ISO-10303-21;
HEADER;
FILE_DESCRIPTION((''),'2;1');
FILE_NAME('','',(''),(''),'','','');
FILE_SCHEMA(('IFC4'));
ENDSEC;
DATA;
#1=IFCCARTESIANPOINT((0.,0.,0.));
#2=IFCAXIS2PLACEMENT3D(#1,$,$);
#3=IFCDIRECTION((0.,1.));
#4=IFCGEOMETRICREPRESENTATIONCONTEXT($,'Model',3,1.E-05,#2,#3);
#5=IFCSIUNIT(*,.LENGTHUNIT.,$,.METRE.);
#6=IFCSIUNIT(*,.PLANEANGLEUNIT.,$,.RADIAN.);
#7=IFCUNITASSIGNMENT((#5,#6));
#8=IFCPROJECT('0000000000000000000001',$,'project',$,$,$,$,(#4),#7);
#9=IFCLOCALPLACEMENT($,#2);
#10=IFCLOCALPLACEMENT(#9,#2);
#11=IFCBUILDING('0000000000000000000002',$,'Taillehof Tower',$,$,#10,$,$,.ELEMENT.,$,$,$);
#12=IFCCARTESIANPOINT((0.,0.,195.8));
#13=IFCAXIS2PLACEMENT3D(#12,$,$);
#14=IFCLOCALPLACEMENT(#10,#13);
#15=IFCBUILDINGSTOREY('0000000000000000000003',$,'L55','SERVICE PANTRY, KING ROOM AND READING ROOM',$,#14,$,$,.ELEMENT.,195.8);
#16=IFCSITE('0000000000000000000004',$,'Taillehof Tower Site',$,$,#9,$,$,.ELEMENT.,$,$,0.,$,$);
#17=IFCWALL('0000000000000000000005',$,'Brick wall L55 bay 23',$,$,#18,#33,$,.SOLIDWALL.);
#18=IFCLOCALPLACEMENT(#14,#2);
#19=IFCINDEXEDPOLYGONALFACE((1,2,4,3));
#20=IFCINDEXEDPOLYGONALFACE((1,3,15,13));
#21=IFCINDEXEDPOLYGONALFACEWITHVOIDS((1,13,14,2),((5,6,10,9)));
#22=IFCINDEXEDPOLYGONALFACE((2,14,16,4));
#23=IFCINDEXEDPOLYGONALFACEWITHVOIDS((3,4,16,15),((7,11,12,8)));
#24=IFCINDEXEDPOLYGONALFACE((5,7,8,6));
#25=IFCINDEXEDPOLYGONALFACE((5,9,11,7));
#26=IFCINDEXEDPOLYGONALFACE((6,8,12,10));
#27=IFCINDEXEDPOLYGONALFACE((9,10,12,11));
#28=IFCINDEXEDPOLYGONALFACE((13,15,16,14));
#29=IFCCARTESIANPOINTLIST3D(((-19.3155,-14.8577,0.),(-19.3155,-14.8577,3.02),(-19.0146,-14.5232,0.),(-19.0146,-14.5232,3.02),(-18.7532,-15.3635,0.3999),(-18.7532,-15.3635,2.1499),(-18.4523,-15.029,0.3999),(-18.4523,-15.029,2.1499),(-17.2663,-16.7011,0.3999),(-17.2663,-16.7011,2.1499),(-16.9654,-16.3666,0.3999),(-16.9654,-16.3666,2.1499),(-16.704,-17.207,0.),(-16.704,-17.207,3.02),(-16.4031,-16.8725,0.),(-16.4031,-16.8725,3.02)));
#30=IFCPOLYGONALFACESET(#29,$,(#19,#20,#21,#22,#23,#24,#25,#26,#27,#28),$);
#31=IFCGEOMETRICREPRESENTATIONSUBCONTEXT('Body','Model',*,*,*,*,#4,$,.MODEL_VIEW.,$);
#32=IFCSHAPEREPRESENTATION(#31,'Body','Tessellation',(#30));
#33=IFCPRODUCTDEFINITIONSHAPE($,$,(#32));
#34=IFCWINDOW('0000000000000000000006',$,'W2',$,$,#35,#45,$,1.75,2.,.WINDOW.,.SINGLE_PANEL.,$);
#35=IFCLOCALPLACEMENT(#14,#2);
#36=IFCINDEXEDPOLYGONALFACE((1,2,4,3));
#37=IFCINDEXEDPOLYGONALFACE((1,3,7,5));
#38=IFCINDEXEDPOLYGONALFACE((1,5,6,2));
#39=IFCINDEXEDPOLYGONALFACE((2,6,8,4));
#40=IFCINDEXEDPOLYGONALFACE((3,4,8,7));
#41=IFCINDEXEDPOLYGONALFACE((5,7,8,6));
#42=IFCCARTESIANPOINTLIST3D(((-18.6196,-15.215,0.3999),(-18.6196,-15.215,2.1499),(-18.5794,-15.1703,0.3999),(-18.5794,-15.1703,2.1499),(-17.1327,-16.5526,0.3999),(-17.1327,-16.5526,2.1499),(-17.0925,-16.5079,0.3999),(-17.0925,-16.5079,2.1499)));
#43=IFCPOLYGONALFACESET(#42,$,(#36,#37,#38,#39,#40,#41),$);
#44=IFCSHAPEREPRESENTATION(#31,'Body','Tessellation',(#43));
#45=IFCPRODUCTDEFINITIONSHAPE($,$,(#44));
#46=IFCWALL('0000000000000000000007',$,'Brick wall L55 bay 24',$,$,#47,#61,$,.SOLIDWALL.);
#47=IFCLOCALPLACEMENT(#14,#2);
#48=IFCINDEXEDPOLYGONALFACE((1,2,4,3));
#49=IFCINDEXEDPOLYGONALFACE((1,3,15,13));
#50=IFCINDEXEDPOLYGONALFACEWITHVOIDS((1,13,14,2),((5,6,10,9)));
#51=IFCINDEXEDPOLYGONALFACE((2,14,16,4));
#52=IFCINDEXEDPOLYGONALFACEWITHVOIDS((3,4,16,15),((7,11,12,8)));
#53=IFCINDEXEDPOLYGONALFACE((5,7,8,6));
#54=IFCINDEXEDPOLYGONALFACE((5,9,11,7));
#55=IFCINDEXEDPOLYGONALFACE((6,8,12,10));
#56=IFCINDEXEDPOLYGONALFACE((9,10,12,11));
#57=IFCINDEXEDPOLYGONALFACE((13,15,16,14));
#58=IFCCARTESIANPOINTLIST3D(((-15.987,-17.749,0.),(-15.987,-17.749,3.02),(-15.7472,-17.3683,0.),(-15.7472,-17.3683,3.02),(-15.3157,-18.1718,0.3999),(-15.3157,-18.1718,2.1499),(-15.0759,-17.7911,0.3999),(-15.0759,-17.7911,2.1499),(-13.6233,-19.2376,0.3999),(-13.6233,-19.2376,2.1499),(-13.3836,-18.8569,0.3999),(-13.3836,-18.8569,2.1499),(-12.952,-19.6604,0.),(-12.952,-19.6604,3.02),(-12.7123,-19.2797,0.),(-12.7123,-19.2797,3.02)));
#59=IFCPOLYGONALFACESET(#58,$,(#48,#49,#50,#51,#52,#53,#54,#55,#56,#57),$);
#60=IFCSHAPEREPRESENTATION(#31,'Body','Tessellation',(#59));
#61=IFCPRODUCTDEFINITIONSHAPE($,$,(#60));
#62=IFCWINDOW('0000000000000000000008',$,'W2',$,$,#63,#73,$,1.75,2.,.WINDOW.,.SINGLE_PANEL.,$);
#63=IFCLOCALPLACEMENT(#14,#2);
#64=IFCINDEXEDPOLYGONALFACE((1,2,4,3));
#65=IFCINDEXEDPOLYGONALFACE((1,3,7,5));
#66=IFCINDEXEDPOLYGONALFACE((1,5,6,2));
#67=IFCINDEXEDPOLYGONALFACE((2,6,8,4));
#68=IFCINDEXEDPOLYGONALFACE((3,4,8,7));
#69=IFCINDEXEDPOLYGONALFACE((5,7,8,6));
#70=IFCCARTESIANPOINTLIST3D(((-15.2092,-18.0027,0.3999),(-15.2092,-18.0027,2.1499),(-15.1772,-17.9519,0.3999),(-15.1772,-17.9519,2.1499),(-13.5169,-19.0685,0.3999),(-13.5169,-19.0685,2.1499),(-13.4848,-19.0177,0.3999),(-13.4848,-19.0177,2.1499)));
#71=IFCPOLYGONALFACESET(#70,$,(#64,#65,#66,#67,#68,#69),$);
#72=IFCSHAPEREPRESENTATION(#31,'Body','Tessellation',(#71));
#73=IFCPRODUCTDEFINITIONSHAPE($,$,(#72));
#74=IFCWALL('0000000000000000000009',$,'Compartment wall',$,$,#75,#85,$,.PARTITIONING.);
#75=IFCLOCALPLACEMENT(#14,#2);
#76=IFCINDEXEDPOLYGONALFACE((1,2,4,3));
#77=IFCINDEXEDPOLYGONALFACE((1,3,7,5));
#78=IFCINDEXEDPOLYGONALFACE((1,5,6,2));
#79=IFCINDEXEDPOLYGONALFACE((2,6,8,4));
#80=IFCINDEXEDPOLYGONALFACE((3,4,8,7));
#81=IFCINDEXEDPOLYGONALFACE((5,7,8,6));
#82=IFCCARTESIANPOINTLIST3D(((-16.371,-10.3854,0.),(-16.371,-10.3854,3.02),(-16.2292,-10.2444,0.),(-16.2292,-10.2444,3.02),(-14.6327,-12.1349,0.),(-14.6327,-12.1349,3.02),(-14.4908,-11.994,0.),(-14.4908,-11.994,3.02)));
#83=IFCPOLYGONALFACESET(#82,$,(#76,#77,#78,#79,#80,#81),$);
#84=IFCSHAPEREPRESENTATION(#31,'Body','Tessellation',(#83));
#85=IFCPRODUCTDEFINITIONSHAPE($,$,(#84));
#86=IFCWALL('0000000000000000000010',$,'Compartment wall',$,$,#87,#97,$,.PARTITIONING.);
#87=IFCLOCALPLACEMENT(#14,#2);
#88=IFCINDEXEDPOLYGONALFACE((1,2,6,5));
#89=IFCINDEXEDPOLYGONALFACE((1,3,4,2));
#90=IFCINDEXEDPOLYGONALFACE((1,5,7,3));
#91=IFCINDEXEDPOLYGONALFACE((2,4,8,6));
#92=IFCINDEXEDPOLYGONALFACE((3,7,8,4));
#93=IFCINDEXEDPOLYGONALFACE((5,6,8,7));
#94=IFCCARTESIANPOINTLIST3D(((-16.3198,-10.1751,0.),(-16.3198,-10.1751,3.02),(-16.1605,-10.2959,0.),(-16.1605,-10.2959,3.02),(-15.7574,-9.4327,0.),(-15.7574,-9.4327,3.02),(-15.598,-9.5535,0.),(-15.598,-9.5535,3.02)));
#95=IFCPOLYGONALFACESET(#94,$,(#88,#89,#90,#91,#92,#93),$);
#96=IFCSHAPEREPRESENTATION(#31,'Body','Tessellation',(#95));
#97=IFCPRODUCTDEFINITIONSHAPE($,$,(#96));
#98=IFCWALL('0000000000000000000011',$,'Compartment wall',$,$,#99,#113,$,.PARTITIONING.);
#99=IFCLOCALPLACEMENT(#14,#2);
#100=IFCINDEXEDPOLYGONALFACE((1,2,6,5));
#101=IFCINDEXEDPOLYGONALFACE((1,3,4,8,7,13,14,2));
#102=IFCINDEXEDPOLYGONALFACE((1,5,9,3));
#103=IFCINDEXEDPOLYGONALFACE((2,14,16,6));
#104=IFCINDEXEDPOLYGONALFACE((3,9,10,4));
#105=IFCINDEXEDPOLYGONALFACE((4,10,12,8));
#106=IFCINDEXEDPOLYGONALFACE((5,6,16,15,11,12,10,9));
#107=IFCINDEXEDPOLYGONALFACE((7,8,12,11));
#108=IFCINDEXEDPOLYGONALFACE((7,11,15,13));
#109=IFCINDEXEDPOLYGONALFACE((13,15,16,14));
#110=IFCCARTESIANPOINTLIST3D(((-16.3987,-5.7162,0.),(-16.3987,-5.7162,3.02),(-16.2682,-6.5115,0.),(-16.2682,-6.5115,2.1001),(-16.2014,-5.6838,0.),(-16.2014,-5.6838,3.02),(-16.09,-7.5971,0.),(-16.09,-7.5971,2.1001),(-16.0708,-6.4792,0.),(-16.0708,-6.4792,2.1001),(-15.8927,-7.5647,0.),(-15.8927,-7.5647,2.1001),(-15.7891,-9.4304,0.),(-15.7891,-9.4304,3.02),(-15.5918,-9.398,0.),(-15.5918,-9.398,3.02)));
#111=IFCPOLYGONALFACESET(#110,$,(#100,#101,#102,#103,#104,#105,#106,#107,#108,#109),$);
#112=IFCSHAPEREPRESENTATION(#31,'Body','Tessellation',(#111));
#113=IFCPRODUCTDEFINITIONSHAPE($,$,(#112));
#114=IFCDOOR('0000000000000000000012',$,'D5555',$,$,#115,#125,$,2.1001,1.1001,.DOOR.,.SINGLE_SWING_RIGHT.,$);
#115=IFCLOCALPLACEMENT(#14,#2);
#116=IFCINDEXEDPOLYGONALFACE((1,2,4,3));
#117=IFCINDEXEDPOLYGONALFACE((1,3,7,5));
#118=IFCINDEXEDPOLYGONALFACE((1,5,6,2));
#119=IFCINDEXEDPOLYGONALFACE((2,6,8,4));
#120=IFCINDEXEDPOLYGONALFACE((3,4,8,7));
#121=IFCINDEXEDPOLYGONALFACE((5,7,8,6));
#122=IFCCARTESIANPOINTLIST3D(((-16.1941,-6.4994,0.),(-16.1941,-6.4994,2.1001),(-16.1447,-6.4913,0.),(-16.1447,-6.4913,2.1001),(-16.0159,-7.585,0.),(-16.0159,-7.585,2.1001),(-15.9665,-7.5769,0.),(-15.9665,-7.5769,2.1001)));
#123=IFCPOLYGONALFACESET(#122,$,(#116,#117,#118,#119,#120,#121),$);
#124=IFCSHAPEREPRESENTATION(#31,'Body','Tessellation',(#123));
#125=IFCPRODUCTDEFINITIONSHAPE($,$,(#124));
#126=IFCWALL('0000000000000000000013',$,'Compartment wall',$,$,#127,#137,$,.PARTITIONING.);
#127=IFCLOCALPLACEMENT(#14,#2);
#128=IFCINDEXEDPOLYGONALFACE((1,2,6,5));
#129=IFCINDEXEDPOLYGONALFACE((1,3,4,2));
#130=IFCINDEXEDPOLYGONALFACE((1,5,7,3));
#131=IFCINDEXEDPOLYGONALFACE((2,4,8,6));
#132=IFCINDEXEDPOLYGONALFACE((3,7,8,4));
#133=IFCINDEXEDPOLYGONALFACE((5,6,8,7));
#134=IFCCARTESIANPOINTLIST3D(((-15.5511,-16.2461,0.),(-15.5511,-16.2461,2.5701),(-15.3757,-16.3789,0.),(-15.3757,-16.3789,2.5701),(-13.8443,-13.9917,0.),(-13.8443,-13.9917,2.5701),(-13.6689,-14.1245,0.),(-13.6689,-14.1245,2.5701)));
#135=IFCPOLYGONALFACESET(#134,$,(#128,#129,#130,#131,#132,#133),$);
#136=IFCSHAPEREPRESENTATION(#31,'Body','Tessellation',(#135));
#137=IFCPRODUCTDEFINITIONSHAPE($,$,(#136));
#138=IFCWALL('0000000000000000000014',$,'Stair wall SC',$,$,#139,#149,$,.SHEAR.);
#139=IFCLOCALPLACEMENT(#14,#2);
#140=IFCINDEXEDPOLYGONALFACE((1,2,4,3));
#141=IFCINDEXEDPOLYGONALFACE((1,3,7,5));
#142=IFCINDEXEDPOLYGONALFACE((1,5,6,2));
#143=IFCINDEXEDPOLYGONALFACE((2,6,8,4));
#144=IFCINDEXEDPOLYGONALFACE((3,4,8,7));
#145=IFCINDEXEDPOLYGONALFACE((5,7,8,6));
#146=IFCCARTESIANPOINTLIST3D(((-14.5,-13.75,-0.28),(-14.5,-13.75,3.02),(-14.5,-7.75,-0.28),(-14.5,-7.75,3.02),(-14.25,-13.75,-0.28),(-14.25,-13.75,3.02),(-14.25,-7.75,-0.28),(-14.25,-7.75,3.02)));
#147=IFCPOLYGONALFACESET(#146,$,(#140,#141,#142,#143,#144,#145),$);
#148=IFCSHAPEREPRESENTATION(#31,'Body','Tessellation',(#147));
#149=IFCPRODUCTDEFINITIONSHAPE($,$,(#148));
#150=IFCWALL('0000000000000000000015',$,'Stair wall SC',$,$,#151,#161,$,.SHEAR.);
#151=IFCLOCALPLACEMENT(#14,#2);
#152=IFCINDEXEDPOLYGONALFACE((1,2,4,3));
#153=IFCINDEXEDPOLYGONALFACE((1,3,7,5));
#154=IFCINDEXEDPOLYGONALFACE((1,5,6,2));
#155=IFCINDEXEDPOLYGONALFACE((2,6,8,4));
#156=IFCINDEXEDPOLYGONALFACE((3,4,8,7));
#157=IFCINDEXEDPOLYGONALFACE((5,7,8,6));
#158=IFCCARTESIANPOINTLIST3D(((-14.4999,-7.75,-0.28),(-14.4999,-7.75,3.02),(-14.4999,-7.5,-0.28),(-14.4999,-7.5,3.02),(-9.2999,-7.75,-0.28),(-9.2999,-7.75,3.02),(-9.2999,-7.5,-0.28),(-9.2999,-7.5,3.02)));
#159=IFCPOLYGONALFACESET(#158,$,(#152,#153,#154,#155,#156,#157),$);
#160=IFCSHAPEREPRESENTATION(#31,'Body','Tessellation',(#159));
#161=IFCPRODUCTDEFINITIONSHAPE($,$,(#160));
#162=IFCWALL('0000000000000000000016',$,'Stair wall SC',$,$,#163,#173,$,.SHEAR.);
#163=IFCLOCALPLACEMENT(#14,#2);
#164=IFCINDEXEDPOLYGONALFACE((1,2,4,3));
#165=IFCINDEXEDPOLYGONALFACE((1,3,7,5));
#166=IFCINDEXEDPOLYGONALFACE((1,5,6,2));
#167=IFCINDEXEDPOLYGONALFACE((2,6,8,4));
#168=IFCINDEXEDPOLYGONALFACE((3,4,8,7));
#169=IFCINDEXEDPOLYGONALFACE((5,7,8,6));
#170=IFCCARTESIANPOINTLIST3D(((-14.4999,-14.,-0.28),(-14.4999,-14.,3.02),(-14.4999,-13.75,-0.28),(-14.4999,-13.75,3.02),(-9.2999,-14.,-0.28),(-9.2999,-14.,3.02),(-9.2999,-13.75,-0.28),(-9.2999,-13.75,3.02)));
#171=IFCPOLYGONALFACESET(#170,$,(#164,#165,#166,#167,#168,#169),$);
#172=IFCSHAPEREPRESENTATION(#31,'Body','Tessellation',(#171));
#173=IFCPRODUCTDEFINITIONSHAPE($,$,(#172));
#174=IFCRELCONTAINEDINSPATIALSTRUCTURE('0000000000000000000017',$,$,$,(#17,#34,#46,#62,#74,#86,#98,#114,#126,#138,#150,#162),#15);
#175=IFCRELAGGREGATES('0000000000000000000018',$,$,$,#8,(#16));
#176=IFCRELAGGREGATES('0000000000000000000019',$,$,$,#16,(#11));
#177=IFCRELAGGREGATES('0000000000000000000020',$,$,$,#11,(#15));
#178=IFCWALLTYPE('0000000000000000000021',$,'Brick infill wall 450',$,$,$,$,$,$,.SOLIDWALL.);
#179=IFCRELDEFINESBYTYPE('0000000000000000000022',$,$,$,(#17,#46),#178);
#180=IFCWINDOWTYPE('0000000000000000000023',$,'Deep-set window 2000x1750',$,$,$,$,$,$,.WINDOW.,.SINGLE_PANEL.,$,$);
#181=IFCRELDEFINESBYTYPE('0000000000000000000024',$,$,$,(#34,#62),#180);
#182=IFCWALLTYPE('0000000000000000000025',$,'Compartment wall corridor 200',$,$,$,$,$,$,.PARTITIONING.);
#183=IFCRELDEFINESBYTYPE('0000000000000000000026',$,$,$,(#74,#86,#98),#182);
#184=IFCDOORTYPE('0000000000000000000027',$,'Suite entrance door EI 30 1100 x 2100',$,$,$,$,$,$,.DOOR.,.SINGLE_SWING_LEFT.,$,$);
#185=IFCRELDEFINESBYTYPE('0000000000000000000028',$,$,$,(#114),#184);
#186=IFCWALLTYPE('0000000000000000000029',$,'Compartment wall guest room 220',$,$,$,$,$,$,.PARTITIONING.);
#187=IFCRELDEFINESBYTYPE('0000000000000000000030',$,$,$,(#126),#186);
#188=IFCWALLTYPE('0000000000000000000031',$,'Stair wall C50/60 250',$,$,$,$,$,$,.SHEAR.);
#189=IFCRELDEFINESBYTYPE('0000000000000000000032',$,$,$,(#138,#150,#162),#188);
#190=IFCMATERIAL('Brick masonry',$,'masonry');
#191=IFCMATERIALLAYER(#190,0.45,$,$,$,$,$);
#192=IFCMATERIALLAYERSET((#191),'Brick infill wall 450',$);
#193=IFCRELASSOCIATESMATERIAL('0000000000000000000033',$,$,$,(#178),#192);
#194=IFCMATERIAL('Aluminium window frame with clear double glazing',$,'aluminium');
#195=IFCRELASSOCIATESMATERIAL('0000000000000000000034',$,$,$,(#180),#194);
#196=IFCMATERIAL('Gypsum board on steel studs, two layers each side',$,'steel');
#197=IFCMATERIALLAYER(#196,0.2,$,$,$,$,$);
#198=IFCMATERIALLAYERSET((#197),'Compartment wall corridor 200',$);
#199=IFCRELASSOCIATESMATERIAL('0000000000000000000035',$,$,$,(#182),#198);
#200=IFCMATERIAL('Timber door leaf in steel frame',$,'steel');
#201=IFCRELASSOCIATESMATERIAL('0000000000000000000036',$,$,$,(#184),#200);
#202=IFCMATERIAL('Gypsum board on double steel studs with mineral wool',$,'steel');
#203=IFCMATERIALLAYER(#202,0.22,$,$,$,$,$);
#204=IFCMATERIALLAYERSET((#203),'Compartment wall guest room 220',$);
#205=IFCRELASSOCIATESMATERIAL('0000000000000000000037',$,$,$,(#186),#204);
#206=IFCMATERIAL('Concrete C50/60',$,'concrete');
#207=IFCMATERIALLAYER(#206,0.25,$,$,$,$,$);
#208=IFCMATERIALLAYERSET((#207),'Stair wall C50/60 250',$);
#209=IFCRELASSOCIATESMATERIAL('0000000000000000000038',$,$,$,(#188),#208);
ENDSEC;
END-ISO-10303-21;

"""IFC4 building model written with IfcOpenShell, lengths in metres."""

from ifc_helpers import new_model, si_unit, direction, frame, frame_2d, origin, place, context, subcontext, project, spatial, rectangle, extrude, material, layer, layer_set, type_object, element, fill, save


model = new_model("IFC4")

# Units and contexts
model_context = context("Model", 3, precision=1e-05, world=origin(), true_north=direction((0.0, 1.0)))
body_context = subcontext(model_context, "Body", "Model", "MODEL_VIEW")
ifc_project = project(units=[si_unit("LENGTHUNIT", "METRE"), si_unit("PLANEANGLEUNIT", "RADIAN")], contexts=[model_context])

# Site, building, storey
site_placement = place(None, origin())
site = spatial("IfcSite", under=ifc_project, at=site_placement, Name="Taillehof Tower Site", CompositionType="ELEMENT", RefElevation=0.0)
building_placement = place(site_placement, origin())
building = spatial("IfcBuilding", under=site, at=building_placement, Name="Taillehof Tower", CompositionType="ELEMENT")
storey_placement = place(building_placement, frame((0.0, 0.0, 195.8)))
storey = spatial("IfcBuildingStorey", under=building, at=storey_placement, Name="L55", Description="SERVICE PANTRY, KING ROOM AND READING ROOM", CompositionType="ELEMENT", Elevation=195.8)

# Walls, openings, windows
ifc_material_1 = material(Name="Brick masonry", Category="masonry")
ifc_layer_1 = layer(ifc_material_1, 0.45)
ifc_layer_set_1 = layer_set([ifc_layer_1], Name="Brick infill wall 450")
wall_type_1 = type_object("IfcWallType", Name="Brick infill wall 450", PredefinedType="SOLIDWALL", material=ifc_layer_set_1)
ifc_material_2 = material(Name="Aluminium window frame with clear double glazing", Category="aluminium")
window_type = type_object("IfcWindowType", Name="Deep-set window 2000x1750", PartitioningType="SINGLE_PANEL", PredefinedType="WINDOW", material=ifc_material_2)
wall_1_placement = place(storey_placement, frame((-19.165, -14.6904, 0.0), z_axis=(0.0, 0.0, 1.0), x_axis=(0.743443, -0.6688, 0.0)))
wall_1 = element("IfcWall", 1, at=wall_1_placement, inside=storey, type_object=wall_type_1, Name="Brick wall L55 bay 23", PredefinedType="SOLIDWALL", context=body_context, shape_type="SweptSolid", body=[
    extrude(rectangle(XDim=3.5127, YDim=0.45, at=frame_2d((1.7563, 0.0))), origin(), (0.0, 0.0, 1.0), 3.02),
])
opening_1_placement = place(wall_1_placement, frame((0.7563, 0.0, 0.3999)))
opening_1 = element("IfcOpeningElement", 2, at=opening_1_placement, cuts=wall_1, PredefinedType="OPENING", context=body_context, shape_type="SweptSolid", body=[
    extrude(rectangle(XDim=2.0, YDim=1.75, at=frame_2d((1.0, 0.875))), frame((0.0, 0.2349, 0.0), z_axis=(0.0, -1.0, 0.0), x_axis=(1.0, 0.0, 0.0)), (0.0, 0.0, 1.0), 0.47),
])
window_1_placement = place(opening_1_placement, origin())
window_1 = element("IfcWindow", 3, at=window_1_placement, inside=storey, type_object=window_type, Name="W2", OverallHeight=1.75, OverallWidth=2.0, PartitioningType="SINGLE_PANEL", PredefinedType="WINDOW", context=body_context, shape_type="SweptSolid", body=[
    extrude(rectangle(XDim=2.0, YDim=1.75, at=frame_2d((1.0, 0.875))), frame((0.0, 0.0349, 0.0), z_axis=(0.0, -1.0, 0.0), x_axis=(1.0, 0.0, 0.0)), (0.0, 0.0, 1.0), 0.0601),
])
fill(opening_1, window_1)
wall_2_placement = place(storey_placement, frame((-15.8672, -17.5586, 0.0), z_axis=(0.0, 0.0, 1.0), x_axis=(0.846169, -0.532914, 0.0)))
wall_2 = element("IfcWall", 4, at=wall_2_placement, inside=storey, type_object=wall_type_1, Name="Brick wall L55 bay 24", PredefinedType="SOLIDWALL", context=body_context, shape_type="SweptSolid", body=[
    extrude(rectangle(XDim=3.5867, YDim=0.45, at=frame_2d((1.7935, 0.0))), origin(), (0.0, 0.0, 1.0), 3.02),
])
opening_2_placement = place(wall_2_placement, frame((0.7935, 0.0, 0.3999)))
opening_2 = element("IfcOpeningElement", 5, at=opening_2_placement, cuts=wall_2, PredefinedType="OPENING", context=body_context, shape_type="SweptSolid", body=[
    extrude(rectangle(XDim=2.0, YDim=1.75, at=frame_2d((1.0, 0.875))), frame((0.0, 0.2349, 0.0), z_axis=(0.0, -1.0, 0.0), x_axis=(1.0, 0.0, 0.0)), (0.0, 0.0, 1.0), 0.47),
])
window_2_placement = place(opening_2_placement, origin())
window_2 = element("IfcWindow", 6, at=window_2_placement, inside=storey, type_object=window_type, Name="W2", OverallHeight=1.75, OverallWidth=2.0, PartitioningType="SINGLE_PANEL", PredefinedType="WINDOW", context=body_context, shape_type="SweptSolid", body=[
    extrude(rectangle(XDim=2.0, YDim=1.75, at=frame_2d((1.0, 0.875))), frame((0.0, 0.0349, 0.0), z_axis=(0.0, -1.0, 0.0), x_axis=(1.0, 0.0, 0.0)), (0.0, 0.0, 1.0), 0.0601),
])
fill(opening_2, window_2)

# Walls
ifc_material_3 = material(Name="Gypsum board on steel studs, two layers each side", Category="steel")
ifc_layer_2 = layer(ifc_material_3, 0.2)
ifc_layer_set_2 = layer_set([ifc_layer_2], Name="Compartment wall corridor 200")
wall_type_2 = type_object("IfcWallType", Name="Compartment wall corridor 200", PredefinedType="PARTITIONING", material=ifc_layer_set_2)
wall_3_placement = place(storey_placement, frame((-14.5618, -12.0645, 0.0), z_axis=(0.0, 0.0, 1.0), x_axis=(-0.704826, 0.70938, 0.0)))
element("IfcWall", 7, at=wall_3_placement, inside=storey, type_object=wall_type_2, Name="Compartment wall", PredefinedType="PARTITIONING", context=body_context, shape_type="SweptSolid", body=[
    extrude(rectangle(XDim=2.4663, YDim=0.2, at=frame_2d((1.2332, 0.0))), origin(), (0.0, 0.0, 1.0), 3.02),
])
wall_4_placement = place(storey_placement, frame((-16.2402, -10.2356, 0.0), z_axis=(0.0, 0.0, 1.0), x_axis=(0.603893, 0.797065, 0.0)))
element("IfcWall", 8, at=wall_4_placement, inside=storey, type_object=wall_type_2, Name="Compartment wall", PredefinedType="PARTITIONING", context=body_context, shape_type="SweptSolid", body=[
    extrude(rectangle(XDim=0.9314, YDim=0.2, at=frame_2d((0.4658, 0.0))), origin(), (0.0, 0.0, 1.0), 3.02),
])

# Wall, opening, door
wall_5_placement = place(storey_placement, frame((-15.6904, -9.4141, 0.0), z_axis=(0.0, 0.0, 1.0), x_axis=(-0.161969, 0.986796, 0.0)))
wall_5 = element("IfcWall", 9, at=wall_5_placement, inside=storey, type_object=wall_type_2, Name="Compartment wall", PredefinedType="PARTITIONING", context=body_context, shape_type="SweptSolid", body=[
    extrude(rectangle(XDim=3.7639, YDim=0.2, at=frame_2d((1.8818, 0.0))), origin(), (0.0, 0.0, 1.0), 3.02),
])
opening_3_placement = place(wall_5_placement, frame((1.8577, 0.0, 0.0)))
opening_3 = element("IfcOpeningElement", 10, at=opening_3_placement, cuts=wall_5, PredefinedType="OPENING", context=body_context, shape_type="SweptSolid", body=[
    extrude(rectangle(XDim=1.1001, YDim=2.1001, at=frame_2d((0.55, 1.05))), frame((0.0, 0.1099, 0.0), z_axis=(0.0, -1.0, 0.0), x_axis=(1.0, 0.0, 0.0)), (0.0, 0.0, 1.0), 0.22),
])
ifc_material_4 = material(Name="Timber door leaf in steel frame", Category="steel")
door_type = type_object("IfcDoorType", Name="Suite entrance door EI 30 1100 x 2100", OperationType="SINGLE_SWING_LEFT", PredefinedType="DOOR", material=ifc_material_4)
door_placement = place(opening_3_placement, origin())
door = element("IfcDoor", 11, at=door_placement, inside=storey, type_object=door_type, Name="D5555", OperationType="SINGLE_SWING_RIGHT", OverallHeight=2.1001, OverallWidth=1.1001, PredefinedType="DOOR", context=body_context, shape_type="SweptSolid", body=[
    extrude(rectangle(XDim=1.1001, YDim=2.1001, at=frame_2d((0.55, 1.05))), frame((0.0, 0.0249, 0.0), z_axis=(0.0, -1.0, 0.0), x_axis=(1.0, 0.0, 0.0)), (0.0, 0.0, 1.0), 0.05),
])
fill(opening_3, door)

# Walls
ifc_material_5 = material(Name="Gypsum board on double steel studs with mineral wool", Category="steel")
ifc_layer_3 = layer(ifc_material_5, 0.22)
ifc_layer_set_3 = layer_set([ifc_layer_3], Name="Compartment wall guest room 220")
wall_type_3 = type_object("IfcWallType", Name="Compartment wall guest room 220", PredefinedType="PARTITIONING", material=ifc_layer_set_3)
wall_6_placement = place(storey_placement, frame((-15.4634, -16.3125, 0.0), z_axis=(0.0, 0.0, 1.0), x_axis=(0.603613, 0.797277, 0.0)))
element("IfcWall", 12, at=wall_6_placement, inside=storey, type_object=wall_type_3, Name="Compartment wall", PredefinedType="PARTITIONING", context=body_context, shape_type="SweptSolid", body=[
    extrude(rectangle(XDim=2.8276, YDim=0.22, at=frame_2d((1.4138, 0.0))), origin(), (0.0, 0.0, 1.0), 2.5701),
])
ifc_material_6 = material(Name="Concrete C50/60", Category="concrete")
ifc_layer_4 = layer(ifc_material_6, 0.25)
ifc_layer_set_4 = layer_set([ifc_layer_4], Name="Stair wall C50/60 250")
wall_type_4 = type_object("IfcWallType", Name="Stair wall C50/60 250", PredefinedType="SHEAR", material=ifc_layer_set_4)
wall_7_placement = place(storey_placement, frame((-14.375, -13.75, -0.28), z_axis=(0.0, 0.0, 1.0), x_axis=(0.0, 1.0, 0.0)))
element("IfcWall", 13, at=wall_7_placement, inside=storey, type_object=wall_type_4, Name="Stair wall SC", PredefinedType="SHEAR", context=body_context, shape_type="SweptSolid", body=[
    extrude(rectangle(XDim=6.0, YDim=0.25, at=frame_2d((3.0, 0.0))), origin(), (0.0, 0.0, 1.0), 3.3),
])
for number, where, z_axis, x_axis, name in (
    (14, (-14.5, -7.625, -0.28), (0.0, 0.0, 1.0), (1.0, 0.0, 0.0), "Stair wall SC"),
    (15, (-14.5, -13.875, -0.28), (0.0, 0.0, 1.0), (1.0, 0.0, 0.0), "Stair wall SC"),
):
    element("IfcWall", number, at=place(storey_placement, frame(where, z_axis=z_axis, x_axis=x_axis)), inside=storey, type_object=wall_type_4, Name=name, PredefinedType="SHEAR", context=body_context, shape_type="SweptSolid", body=[
        extrude(rectangle(XDim=5.2, YDim=0.25, at=frame_2d((2.6001, 0.0))), origin(), (0.0, 0.0, 1.0), 3.3),
    ])

save(model, "model.ifc")
